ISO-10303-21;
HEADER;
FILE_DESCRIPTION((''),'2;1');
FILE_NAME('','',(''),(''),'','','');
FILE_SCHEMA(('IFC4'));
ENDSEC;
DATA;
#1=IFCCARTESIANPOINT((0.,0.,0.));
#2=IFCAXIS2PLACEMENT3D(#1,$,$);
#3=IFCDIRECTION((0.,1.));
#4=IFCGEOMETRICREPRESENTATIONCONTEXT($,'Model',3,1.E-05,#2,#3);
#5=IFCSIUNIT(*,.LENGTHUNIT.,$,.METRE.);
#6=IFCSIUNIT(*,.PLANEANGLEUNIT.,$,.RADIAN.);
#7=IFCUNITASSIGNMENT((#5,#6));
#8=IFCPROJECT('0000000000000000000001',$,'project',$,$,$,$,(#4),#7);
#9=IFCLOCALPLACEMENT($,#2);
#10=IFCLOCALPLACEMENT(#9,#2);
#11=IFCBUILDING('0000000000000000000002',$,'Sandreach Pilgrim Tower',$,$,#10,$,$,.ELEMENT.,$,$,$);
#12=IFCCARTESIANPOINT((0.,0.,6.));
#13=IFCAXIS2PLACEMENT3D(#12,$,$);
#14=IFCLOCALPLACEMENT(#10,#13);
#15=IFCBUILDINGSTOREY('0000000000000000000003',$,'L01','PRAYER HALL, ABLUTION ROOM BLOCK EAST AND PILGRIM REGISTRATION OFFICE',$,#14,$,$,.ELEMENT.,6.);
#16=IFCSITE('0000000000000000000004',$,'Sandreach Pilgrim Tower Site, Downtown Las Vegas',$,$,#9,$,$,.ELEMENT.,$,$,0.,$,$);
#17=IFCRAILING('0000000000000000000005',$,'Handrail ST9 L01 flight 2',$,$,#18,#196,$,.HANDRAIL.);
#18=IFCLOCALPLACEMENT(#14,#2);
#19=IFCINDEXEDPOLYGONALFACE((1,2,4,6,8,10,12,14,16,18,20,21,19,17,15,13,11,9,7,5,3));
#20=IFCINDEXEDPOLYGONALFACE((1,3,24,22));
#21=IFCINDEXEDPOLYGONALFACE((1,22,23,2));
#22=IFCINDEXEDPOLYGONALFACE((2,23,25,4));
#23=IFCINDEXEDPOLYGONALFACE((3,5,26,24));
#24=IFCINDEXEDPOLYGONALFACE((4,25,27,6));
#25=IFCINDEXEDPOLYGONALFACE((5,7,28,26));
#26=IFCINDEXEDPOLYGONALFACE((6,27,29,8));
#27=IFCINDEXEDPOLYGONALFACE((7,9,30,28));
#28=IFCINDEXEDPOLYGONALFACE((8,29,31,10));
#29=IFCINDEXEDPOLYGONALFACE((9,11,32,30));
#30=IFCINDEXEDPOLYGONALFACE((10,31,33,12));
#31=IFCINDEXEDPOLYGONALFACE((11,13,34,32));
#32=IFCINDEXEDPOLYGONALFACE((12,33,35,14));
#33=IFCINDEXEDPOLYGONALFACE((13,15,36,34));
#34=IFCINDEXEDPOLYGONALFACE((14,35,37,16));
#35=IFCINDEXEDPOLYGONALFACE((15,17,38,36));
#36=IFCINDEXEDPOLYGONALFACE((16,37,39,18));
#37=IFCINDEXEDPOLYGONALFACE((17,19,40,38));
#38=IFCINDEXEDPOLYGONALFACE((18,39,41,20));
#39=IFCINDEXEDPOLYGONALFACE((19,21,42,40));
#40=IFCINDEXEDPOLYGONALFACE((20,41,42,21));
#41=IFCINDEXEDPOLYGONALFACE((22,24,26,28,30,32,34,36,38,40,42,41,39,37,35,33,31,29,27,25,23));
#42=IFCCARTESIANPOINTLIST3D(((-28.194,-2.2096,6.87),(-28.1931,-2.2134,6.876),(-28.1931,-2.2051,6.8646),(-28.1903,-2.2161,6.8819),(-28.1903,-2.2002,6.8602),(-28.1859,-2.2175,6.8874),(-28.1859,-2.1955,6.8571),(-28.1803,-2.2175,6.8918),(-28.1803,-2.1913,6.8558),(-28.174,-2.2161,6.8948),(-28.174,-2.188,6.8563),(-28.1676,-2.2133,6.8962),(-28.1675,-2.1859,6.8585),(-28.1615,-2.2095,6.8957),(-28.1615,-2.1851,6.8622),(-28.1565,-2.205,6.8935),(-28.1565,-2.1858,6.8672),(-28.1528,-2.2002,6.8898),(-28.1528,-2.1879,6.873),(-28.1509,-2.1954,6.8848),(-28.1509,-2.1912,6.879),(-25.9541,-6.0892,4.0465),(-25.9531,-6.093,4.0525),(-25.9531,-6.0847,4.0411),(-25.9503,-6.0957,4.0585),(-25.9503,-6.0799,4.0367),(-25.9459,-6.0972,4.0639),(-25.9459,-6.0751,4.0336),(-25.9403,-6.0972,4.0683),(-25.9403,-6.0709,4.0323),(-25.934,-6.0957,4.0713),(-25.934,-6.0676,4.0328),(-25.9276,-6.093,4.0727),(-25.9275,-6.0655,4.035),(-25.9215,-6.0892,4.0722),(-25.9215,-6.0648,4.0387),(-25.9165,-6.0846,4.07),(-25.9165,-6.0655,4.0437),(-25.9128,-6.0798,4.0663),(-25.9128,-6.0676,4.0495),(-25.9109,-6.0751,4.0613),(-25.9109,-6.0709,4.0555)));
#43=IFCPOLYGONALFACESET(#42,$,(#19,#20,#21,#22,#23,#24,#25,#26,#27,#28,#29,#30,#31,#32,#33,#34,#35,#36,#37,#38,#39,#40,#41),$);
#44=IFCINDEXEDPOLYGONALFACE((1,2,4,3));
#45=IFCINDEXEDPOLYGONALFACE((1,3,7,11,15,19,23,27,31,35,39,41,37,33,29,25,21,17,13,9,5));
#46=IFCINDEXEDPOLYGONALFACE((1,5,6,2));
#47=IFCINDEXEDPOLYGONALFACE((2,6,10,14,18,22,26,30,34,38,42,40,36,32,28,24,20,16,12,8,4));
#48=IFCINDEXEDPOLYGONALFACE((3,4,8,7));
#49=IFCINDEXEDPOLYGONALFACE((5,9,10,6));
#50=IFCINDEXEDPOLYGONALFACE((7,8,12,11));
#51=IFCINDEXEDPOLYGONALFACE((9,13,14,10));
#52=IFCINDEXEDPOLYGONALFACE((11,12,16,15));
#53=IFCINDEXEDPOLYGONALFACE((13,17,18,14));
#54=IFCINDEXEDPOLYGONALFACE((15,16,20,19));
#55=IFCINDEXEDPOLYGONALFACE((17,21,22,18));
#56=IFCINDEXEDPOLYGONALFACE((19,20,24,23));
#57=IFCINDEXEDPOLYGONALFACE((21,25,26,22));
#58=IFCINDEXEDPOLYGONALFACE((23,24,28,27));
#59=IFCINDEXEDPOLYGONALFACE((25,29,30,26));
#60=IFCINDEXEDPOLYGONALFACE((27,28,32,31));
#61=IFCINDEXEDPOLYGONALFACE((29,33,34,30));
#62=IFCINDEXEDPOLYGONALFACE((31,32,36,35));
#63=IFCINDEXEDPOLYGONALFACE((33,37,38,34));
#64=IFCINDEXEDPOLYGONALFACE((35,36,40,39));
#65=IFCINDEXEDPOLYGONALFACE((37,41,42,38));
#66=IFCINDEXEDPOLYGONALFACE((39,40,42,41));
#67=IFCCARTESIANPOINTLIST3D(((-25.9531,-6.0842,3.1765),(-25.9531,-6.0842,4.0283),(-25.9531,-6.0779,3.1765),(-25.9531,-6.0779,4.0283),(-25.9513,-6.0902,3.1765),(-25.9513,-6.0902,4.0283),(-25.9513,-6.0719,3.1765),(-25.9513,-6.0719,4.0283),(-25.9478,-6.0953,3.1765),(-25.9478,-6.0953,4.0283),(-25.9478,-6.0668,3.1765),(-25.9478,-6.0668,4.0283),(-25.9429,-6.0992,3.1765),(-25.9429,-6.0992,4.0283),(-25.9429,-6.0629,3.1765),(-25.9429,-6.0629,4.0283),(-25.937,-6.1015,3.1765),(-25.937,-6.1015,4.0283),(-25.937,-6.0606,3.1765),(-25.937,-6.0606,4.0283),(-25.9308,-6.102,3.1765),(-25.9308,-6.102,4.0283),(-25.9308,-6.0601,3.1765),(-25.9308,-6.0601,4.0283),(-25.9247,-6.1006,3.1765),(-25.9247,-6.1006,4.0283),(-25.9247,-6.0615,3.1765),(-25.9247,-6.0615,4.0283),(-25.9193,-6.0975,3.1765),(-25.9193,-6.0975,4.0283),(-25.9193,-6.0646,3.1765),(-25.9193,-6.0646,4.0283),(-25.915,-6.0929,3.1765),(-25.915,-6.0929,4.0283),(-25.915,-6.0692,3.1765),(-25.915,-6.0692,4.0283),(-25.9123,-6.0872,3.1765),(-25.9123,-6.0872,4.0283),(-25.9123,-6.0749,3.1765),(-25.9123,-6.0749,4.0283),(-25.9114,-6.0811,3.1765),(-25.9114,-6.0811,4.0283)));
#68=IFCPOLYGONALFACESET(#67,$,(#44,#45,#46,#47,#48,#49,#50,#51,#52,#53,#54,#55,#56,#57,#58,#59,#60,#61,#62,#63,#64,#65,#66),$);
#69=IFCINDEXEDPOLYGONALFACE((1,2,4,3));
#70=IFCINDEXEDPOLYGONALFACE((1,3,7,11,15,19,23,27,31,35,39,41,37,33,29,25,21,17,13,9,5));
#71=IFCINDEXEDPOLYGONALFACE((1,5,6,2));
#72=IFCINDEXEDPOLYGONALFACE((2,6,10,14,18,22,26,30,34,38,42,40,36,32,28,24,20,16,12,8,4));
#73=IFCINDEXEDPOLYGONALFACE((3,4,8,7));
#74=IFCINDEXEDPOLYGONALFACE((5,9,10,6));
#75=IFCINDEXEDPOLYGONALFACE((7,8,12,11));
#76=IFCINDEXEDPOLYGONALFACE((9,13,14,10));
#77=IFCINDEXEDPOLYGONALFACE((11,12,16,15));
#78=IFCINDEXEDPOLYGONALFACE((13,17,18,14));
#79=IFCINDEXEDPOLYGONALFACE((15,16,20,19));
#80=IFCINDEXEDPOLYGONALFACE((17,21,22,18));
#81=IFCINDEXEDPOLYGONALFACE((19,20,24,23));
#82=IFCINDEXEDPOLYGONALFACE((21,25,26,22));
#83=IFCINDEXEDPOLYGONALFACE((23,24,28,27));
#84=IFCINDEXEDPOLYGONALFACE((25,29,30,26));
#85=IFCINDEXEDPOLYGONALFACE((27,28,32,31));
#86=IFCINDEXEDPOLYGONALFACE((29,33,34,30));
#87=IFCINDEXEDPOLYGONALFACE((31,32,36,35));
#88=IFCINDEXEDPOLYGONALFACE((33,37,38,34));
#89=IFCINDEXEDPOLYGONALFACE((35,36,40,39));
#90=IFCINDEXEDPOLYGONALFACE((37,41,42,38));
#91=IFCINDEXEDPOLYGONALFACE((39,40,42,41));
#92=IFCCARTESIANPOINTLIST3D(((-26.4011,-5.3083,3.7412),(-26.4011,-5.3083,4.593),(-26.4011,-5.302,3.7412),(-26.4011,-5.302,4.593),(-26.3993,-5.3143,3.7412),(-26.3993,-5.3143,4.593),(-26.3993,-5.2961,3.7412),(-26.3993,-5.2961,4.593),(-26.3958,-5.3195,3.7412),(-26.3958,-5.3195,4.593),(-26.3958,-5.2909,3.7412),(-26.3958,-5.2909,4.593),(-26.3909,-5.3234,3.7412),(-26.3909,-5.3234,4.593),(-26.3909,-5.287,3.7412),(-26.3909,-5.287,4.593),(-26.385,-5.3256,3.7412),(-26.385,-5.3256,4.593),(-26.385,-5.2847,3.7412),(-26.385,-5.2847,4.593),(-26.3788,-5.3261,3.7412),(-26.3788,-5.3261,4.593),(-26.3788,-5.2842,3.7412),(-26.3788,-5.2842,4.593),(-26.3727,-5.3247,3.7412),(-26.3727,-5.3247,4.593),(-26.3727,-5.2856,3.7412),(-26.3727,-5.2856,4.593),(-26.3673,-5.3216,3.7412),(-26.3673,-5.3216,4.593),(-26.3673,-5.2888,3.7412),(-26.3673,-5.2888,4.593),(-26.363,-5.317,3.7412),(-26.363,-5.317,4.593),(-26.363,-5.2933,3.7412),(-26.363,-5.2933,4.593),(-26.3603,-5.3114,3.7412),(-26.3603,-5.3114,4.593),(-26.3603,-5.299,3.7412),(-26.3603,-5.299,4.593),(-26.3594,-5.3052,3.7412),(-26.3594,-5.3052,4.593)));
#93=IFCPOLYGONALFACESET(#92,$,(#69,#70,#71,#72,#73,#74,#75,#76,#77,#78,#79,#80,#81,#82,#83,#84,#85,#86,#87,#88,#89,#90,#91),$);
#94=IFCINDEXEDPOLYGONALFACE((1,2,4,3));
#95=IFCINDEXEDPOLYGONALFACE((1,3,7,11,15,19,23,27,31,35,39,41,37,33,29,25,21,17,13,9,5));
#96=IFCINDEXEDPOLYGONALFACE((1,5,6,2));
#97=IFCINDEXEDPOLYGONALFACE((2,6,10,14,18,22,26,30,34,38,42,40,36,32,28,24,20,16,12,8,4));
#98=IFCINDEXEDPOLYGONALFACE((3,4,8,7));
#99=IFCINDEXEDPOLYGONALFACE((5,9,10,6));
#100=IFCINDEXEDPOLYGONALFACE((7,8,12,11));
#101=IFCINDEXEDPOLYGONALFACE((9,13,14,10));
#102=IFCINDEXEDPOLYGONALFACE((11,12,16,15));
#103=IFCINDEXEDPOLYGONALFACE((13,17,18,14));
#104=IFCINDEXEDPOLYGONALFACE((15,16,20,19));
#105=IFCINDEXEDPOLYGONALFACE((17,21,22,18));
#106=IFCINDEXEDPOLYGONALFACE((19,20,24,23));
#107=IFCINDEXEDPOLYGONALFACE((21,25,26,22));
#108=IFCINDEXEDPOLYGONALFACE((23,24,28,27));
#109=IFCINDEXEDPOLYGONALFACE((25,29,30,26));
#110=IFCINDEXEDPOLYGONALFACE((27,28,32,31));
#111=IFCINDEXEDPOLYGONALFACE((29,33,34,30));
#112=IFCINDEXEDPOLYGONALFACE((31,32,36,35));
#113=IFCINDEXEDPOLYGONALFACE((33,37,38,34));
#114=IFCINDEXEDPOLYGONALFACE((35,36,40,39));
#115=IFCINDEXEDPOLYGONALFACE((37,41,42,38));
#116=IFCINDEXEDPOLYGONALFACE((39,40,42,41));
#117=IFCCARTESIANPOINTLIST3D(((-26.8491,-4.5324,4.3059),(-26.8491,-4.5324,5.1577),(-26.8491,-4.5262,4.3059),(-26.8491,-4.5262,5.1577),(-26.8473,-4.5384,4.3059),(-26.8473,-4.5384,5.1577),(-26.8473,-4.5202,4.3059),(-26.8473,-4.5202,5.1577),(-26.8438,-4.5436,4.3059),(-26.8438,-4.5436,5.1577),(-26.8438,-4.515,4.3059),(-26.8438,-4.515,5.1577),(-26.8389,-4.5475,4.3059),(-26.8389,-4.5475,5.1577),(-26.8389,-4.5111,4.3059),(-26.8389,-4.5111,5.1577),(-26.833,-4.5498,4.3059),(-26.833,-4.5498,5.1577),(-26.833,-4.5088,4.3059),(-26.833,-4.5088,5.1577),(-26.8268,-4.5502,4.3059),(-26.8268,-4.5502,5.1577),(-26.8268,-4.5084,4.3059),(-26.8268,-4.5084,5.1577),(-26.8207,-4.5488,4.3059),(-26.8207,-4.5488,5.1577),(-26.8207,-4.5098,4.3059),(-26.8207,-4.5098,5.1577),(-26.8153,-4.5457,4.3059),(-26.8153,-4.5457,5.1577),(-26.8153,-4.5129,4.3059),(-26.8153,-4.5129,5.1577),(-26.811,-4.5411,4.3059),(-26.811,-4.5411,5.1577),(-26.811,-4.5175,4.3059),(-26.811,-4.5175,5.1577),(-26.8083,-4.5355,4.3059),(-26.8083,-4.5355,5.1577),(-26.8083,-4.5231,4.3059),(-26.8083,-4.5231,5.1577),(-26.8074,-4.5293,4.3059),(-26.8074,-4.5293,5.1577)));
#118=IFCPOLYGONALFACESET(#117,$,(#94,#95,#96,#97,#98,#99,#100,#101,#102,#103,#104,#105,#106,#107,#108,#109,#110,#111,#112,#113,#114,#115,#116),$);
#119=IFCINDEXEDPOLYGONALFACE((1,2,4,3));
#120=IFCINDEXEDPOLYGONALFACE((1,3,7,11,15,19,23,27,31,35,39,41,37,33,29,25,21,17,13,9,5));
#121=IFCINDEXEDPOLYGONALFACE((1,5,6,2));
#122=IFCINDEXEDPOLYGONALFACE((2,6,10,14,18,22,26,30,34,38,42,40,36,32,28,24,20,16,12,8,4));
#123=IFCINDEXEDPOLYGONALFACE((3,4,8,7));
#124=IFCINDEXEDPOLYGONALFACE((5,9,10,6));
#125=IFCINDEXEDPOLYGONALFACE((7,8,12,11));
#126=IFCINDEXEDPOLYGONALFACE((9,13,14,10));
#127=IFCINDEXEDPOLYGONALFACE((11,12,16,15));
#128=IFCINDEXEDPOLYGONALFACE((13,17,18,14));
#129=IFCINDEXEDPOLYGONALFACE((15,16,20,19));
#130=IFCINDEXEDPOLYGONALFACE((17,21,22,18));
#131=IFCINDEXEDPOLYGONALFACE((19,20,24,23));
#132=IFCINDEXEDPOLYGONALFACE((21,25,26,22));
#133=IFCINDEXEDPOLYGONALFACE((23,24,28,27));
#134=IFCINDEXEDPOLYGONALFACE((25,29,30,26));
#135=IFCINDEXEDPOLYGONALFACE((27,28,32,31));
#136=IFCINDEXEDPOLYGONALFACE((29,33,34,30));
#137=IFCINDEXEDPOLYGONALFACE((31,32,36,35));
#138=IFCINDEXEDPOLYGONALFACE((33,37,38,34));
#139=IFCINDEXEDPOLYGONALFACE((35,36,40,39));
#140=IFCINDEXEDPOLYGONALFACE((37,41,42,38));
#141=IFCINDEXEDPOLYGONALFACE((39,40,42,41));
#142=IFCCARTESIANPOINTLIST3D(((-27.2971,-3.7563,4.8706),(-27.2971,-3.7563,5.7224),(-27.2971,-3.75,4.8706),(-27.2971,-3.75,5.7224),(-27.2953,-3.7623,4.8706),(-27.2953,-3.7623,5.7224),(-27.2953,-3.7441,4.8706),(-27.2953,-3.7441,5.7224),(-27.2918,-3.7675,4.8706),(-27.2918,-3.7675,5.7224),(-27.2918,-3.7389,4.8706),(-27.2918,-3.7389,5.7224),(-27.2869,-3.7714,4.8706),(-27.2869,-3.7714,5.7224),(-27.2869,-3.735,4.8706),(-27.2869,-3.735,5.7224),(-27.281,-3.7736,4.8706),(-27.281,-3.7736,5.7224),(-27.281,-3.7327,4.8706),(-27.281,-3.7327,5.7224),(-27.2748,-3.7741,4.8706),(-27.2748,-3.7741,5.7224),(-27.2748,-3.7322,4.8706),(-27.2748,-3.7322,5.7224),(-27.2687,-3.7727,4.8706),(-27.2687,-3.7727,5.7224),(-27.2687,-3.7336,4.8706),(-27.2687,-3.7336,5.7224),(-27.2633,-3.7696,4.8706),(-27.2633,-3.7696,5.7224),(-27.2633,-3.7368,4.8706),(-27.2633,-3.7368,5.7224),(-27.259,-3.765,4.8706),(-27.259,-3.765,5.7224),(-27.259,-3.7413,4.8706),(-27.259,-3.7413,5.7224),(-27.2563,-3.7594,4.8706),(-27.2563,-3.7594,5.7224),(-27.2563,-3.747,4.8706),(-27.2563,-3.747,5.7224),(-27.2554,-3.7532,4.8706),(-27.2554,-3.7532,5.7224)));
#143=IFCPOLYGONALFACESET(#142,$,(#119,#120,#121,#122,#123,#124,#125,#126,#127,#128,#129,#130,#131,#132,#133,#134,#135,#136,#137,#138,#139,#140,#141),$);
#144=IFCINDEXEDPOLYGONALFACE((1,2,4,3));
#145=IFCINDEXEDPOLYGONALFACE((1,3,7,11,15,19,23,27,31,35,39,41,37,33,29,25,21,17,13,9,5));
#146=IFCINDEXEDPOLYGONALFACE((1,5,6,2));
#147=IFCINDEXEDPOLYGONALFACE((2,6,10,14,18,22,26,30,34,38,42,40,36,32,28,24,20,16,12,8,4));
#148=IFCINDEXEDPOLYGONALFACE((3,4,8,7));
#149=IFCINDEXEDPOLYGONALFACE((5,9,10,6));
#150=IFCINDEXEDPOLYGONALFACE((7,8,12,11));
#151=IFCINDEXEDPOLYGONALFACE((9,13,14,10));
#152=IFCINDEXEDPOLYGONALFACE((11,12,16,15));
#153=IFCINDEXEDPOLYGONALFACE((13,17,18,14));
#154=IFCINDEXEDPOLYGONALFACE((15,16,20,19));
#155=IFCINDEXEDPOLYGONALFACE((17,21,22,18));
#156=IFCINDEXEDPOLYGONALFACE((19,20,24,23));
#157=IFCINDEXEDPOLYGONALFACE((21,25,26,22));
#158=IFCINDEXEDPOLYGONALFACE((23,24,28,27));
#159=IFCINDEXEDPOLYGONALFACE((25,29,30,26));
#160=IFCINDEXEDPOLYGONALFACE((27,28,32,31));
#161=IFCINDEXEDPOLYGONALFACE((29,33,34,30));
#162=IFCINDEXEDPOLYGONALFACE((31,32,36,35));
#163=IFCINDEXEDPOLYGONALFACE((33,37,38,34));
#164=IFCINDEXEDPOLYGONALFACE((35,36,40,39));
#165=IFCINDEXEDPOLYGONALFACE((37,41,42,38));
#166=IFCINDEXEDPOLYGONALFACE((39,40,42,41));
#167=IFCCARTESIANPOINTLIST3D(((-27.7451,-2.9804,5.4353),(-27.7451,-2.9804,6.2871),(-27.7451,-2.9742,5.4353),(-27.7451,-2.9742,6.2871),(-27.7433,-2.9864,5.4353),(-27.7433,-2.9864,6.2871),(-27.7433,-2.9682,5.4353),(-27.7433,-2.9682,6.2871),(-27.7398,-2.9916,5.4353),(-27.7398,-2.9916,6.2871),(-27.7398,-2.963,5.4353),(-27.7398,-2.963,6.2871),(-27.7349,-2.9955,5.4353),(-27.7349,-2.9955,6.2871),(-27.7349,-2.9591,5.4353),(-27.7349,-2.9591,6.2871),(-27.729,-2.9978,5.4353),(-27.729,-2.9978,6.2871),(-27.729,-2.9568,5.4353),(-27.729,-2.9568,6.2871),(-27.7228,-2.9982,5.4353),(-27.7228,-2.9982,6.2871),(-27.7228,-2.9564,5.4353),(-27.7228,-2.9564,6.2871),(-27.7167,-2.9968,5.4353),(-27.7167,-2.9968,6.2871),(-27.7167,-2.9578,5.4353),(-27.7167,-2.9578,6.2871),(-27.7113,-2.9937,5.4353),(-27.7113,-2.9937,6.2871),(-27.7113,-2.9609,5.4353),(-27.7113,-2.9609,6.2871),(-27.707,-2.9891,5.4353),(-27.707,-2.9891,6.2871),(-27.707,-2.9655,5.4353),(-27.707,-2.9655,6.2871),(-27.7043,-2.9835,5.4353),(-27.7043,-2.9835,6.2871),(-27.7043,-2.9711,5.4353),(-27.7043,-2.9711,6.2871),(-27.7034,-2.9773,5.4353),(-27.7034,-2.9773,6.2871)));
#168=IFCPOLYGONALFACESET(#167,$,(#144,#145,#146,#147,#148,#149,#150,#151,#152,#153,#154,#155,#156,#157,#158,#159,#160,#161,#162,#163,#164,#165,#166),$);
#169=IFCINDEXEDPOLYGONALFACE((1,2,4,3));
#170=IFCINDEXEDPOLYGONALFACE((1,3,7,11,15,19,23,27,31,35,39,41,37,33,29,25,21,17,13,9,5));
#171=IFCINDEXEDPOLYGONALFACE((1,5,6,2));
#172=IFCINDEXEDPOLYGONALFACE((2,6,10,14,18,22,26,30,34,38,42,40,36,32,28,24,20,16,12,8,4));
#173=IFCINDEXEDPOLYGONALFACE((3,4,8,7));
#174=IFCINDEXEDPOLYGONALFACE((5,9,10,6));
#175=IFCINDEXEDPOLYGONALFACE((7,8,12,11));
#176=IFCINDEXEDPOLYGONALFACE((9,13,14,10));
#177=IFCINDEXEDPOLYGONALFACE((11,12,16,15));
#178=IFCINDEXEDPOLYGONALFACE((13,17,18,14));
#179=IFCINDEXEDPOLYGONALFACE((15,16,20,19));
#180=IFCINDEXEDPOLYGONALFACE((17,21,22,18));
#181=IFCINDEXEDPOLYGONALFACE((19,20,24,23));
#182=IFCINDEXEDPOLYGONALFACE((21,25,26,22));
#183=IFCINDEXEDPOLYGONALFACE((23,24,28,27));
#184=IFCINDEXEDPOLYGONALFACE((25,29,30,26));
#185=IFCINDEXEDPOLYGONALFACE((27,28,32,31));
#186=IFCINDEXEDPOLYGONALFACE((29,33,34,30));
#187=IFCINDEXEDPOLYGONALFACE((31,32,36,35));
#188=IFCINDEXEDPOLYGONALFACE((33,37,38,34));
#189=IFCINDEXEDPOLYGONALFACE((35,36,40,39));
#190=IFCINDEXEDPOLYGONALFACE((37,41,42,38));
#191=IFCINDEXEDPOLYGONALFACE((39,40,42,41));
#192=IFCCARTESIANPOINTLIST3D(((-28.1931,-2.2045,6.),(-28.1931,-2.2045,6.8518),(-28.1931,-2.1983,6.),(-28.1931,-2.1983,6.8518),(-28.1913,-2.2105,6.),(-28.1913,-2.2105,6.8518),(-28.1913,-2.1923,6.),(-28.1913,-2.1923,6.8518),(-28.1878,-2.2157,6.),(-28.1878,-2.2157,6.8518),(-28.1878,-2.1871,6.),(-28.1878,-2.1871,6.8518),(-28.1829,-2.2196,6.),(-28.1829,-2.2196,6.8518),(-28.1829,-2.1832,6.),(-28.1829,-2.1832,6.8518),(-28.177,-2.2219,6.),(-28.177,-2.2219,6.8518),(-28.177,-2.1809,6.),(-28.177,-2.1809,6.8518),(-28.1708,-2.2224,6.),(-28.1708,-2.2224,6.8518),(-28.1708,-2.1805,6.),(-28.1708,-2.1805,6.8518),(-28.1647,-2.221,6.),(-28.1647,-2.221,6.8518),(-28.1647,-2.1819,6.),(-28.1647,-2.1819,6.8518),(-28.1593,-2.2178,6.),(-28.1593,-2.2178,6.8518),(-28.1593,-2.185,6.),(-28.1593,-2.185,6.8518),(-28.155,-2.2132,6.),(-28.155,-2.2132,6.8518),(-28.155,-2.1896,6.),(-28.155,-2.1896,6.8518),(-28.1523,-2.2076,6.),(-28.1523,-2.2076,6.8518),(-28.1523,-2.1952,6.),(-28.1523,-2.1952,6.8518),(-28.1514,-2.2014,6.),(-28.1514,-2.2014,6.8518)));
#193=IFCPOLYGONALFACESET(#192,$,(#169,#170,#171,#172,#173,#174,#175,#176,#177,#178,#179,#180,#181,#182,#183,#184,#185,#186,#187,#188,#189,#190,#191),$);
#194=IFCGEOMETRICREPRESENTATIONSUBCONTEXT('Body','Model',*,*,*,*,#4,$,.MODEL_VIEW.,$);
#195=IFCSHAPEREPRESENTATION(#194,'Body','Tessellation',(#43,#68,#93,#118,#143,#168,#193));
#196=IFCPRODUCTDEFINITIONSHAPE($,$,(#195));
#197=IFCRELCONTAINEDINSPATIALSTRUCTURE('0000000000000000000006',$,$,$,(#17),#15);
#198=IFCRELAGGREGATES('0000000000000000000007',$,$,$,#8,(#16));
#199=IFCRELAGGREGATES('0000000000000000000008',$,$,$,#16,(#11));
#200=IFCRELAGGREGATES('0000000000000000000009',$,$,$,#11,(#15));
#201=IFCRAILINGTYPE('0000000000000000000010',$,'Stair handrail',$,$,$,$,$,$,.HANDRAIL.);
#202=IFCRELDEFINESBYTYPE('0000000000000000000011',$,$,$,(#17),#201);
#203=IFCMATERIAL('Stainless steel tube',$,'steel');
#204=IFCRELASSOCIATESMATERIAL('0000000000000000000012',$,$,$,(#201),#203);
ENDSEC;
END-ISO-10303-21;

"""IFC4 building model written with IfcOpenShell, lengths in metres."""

from ifc_helpers import new_model, si_unit, direction, frame, origin, origin_2d, place, context, subcontext, project, spatial, circle, extrude, material, type_object, element, save


model = new_model("IFC4")

# Units and contexts
model_context = context("Model", 3, precision=1e-05, world=origin(), true_north=direction((0.0, 1.0)))
body_context = subcontext(model_context, "Body", "Model", "MODEL_VIEW")
ifc_project = project(units=[si_unit("LENGTHUNIT", "METRE"), si_unit("PLANEANGLEUNIT", "RADIAN")], contexts=[model_context])

# Site, building, storey
site_placement = place(None, origin())
site = spatial("IfcSite", under=ifc_project, at=site_placement, Name="Sandreach Pilgrim Tower Site, Downtown Las Vegas", CompositionType="ELEMENT", RefElevation=0.0)
building_placement = place(site_placement, origin())
building = spatial("IfcBuilding", under=site, at=building_placement, Name="Sandreach Pilgrim Tower", CompositionType="ELEMENT")
storey_placement = place(building_placement, frame((0.0, 0.0, 6.0)))
storey = spatial("IfcBuildingStorey", under=building, at=storey_placement, Name="L01", Description="PRAYER HALL, ABLUTION ROOM BLOCK EAST AND PILGRIM REGISTRATION OFFICE", CompositionType="ELEMENT", Elevation=6.0)

# Railing
ifc_material_1 = material(Name="Stainless steel tube", Category="steel")
railing_type = type_object("IfcRailingType", Name="Stair handrail", PredefinedType="HANDRAIL", material=ifc_material_1)
railing_placement = place(storey_placement, frame((-25.9324, -6.0811, 3.1765)))
element("IfcRailing", 1, at=railing_placement, inside=storey, type_object=railing_type, Name="Handrail ST9 L01 flight 2", PredefinedType="HANDRAIL", context=body_context, shape_type="SweptSolid", body=[
    extrude(circle(Radius=0.0239, at=origin_2d()), frame((0.0, 0.0, 0.876), z_axis=(-0.423007, 0.732644, 0.533196), x_axis=(-0.866018, -0.500013, 0.0)), (0.0, 0.0, 1.0), 5.2954),
    extrude(circle(Radius=0.021, at=origin_2d()), origin(), (0.0, 0.0, 1.0), 0.8518),
    extrude(circle(Radius=0.021, at=origin_2d()), frame((-0.448, 0.7759, 0.5647)), (0.0, 0.0, 1.0), 0.8518),
    extrude(circle(Radius=0.021, at=origin_2d()), frame((-0.896, 1.5518, 1.1294)), (0.0, 0.0, 1.0), 0.8518),
    extrude(circle(Radius=0.021, at=origin_2d()), frame((-1.344, 2.3279, 1.6941)), (0.0, 0.0, 1.0), 0.8518),
    extrude(circle(Radius=0.021, at=origin_2d()), frame((-1.792, 3.1038, 2.2588)), (0.0, 0.0, 1.0), 0.8518),
    extrude(circle(Radius=0.021, at=origin_2d()), frame((-2.24, 3.8796, 2.8235)), (0.0, 0.0, 1.0), 0.8518),
])

save(model, "model.ifc")
